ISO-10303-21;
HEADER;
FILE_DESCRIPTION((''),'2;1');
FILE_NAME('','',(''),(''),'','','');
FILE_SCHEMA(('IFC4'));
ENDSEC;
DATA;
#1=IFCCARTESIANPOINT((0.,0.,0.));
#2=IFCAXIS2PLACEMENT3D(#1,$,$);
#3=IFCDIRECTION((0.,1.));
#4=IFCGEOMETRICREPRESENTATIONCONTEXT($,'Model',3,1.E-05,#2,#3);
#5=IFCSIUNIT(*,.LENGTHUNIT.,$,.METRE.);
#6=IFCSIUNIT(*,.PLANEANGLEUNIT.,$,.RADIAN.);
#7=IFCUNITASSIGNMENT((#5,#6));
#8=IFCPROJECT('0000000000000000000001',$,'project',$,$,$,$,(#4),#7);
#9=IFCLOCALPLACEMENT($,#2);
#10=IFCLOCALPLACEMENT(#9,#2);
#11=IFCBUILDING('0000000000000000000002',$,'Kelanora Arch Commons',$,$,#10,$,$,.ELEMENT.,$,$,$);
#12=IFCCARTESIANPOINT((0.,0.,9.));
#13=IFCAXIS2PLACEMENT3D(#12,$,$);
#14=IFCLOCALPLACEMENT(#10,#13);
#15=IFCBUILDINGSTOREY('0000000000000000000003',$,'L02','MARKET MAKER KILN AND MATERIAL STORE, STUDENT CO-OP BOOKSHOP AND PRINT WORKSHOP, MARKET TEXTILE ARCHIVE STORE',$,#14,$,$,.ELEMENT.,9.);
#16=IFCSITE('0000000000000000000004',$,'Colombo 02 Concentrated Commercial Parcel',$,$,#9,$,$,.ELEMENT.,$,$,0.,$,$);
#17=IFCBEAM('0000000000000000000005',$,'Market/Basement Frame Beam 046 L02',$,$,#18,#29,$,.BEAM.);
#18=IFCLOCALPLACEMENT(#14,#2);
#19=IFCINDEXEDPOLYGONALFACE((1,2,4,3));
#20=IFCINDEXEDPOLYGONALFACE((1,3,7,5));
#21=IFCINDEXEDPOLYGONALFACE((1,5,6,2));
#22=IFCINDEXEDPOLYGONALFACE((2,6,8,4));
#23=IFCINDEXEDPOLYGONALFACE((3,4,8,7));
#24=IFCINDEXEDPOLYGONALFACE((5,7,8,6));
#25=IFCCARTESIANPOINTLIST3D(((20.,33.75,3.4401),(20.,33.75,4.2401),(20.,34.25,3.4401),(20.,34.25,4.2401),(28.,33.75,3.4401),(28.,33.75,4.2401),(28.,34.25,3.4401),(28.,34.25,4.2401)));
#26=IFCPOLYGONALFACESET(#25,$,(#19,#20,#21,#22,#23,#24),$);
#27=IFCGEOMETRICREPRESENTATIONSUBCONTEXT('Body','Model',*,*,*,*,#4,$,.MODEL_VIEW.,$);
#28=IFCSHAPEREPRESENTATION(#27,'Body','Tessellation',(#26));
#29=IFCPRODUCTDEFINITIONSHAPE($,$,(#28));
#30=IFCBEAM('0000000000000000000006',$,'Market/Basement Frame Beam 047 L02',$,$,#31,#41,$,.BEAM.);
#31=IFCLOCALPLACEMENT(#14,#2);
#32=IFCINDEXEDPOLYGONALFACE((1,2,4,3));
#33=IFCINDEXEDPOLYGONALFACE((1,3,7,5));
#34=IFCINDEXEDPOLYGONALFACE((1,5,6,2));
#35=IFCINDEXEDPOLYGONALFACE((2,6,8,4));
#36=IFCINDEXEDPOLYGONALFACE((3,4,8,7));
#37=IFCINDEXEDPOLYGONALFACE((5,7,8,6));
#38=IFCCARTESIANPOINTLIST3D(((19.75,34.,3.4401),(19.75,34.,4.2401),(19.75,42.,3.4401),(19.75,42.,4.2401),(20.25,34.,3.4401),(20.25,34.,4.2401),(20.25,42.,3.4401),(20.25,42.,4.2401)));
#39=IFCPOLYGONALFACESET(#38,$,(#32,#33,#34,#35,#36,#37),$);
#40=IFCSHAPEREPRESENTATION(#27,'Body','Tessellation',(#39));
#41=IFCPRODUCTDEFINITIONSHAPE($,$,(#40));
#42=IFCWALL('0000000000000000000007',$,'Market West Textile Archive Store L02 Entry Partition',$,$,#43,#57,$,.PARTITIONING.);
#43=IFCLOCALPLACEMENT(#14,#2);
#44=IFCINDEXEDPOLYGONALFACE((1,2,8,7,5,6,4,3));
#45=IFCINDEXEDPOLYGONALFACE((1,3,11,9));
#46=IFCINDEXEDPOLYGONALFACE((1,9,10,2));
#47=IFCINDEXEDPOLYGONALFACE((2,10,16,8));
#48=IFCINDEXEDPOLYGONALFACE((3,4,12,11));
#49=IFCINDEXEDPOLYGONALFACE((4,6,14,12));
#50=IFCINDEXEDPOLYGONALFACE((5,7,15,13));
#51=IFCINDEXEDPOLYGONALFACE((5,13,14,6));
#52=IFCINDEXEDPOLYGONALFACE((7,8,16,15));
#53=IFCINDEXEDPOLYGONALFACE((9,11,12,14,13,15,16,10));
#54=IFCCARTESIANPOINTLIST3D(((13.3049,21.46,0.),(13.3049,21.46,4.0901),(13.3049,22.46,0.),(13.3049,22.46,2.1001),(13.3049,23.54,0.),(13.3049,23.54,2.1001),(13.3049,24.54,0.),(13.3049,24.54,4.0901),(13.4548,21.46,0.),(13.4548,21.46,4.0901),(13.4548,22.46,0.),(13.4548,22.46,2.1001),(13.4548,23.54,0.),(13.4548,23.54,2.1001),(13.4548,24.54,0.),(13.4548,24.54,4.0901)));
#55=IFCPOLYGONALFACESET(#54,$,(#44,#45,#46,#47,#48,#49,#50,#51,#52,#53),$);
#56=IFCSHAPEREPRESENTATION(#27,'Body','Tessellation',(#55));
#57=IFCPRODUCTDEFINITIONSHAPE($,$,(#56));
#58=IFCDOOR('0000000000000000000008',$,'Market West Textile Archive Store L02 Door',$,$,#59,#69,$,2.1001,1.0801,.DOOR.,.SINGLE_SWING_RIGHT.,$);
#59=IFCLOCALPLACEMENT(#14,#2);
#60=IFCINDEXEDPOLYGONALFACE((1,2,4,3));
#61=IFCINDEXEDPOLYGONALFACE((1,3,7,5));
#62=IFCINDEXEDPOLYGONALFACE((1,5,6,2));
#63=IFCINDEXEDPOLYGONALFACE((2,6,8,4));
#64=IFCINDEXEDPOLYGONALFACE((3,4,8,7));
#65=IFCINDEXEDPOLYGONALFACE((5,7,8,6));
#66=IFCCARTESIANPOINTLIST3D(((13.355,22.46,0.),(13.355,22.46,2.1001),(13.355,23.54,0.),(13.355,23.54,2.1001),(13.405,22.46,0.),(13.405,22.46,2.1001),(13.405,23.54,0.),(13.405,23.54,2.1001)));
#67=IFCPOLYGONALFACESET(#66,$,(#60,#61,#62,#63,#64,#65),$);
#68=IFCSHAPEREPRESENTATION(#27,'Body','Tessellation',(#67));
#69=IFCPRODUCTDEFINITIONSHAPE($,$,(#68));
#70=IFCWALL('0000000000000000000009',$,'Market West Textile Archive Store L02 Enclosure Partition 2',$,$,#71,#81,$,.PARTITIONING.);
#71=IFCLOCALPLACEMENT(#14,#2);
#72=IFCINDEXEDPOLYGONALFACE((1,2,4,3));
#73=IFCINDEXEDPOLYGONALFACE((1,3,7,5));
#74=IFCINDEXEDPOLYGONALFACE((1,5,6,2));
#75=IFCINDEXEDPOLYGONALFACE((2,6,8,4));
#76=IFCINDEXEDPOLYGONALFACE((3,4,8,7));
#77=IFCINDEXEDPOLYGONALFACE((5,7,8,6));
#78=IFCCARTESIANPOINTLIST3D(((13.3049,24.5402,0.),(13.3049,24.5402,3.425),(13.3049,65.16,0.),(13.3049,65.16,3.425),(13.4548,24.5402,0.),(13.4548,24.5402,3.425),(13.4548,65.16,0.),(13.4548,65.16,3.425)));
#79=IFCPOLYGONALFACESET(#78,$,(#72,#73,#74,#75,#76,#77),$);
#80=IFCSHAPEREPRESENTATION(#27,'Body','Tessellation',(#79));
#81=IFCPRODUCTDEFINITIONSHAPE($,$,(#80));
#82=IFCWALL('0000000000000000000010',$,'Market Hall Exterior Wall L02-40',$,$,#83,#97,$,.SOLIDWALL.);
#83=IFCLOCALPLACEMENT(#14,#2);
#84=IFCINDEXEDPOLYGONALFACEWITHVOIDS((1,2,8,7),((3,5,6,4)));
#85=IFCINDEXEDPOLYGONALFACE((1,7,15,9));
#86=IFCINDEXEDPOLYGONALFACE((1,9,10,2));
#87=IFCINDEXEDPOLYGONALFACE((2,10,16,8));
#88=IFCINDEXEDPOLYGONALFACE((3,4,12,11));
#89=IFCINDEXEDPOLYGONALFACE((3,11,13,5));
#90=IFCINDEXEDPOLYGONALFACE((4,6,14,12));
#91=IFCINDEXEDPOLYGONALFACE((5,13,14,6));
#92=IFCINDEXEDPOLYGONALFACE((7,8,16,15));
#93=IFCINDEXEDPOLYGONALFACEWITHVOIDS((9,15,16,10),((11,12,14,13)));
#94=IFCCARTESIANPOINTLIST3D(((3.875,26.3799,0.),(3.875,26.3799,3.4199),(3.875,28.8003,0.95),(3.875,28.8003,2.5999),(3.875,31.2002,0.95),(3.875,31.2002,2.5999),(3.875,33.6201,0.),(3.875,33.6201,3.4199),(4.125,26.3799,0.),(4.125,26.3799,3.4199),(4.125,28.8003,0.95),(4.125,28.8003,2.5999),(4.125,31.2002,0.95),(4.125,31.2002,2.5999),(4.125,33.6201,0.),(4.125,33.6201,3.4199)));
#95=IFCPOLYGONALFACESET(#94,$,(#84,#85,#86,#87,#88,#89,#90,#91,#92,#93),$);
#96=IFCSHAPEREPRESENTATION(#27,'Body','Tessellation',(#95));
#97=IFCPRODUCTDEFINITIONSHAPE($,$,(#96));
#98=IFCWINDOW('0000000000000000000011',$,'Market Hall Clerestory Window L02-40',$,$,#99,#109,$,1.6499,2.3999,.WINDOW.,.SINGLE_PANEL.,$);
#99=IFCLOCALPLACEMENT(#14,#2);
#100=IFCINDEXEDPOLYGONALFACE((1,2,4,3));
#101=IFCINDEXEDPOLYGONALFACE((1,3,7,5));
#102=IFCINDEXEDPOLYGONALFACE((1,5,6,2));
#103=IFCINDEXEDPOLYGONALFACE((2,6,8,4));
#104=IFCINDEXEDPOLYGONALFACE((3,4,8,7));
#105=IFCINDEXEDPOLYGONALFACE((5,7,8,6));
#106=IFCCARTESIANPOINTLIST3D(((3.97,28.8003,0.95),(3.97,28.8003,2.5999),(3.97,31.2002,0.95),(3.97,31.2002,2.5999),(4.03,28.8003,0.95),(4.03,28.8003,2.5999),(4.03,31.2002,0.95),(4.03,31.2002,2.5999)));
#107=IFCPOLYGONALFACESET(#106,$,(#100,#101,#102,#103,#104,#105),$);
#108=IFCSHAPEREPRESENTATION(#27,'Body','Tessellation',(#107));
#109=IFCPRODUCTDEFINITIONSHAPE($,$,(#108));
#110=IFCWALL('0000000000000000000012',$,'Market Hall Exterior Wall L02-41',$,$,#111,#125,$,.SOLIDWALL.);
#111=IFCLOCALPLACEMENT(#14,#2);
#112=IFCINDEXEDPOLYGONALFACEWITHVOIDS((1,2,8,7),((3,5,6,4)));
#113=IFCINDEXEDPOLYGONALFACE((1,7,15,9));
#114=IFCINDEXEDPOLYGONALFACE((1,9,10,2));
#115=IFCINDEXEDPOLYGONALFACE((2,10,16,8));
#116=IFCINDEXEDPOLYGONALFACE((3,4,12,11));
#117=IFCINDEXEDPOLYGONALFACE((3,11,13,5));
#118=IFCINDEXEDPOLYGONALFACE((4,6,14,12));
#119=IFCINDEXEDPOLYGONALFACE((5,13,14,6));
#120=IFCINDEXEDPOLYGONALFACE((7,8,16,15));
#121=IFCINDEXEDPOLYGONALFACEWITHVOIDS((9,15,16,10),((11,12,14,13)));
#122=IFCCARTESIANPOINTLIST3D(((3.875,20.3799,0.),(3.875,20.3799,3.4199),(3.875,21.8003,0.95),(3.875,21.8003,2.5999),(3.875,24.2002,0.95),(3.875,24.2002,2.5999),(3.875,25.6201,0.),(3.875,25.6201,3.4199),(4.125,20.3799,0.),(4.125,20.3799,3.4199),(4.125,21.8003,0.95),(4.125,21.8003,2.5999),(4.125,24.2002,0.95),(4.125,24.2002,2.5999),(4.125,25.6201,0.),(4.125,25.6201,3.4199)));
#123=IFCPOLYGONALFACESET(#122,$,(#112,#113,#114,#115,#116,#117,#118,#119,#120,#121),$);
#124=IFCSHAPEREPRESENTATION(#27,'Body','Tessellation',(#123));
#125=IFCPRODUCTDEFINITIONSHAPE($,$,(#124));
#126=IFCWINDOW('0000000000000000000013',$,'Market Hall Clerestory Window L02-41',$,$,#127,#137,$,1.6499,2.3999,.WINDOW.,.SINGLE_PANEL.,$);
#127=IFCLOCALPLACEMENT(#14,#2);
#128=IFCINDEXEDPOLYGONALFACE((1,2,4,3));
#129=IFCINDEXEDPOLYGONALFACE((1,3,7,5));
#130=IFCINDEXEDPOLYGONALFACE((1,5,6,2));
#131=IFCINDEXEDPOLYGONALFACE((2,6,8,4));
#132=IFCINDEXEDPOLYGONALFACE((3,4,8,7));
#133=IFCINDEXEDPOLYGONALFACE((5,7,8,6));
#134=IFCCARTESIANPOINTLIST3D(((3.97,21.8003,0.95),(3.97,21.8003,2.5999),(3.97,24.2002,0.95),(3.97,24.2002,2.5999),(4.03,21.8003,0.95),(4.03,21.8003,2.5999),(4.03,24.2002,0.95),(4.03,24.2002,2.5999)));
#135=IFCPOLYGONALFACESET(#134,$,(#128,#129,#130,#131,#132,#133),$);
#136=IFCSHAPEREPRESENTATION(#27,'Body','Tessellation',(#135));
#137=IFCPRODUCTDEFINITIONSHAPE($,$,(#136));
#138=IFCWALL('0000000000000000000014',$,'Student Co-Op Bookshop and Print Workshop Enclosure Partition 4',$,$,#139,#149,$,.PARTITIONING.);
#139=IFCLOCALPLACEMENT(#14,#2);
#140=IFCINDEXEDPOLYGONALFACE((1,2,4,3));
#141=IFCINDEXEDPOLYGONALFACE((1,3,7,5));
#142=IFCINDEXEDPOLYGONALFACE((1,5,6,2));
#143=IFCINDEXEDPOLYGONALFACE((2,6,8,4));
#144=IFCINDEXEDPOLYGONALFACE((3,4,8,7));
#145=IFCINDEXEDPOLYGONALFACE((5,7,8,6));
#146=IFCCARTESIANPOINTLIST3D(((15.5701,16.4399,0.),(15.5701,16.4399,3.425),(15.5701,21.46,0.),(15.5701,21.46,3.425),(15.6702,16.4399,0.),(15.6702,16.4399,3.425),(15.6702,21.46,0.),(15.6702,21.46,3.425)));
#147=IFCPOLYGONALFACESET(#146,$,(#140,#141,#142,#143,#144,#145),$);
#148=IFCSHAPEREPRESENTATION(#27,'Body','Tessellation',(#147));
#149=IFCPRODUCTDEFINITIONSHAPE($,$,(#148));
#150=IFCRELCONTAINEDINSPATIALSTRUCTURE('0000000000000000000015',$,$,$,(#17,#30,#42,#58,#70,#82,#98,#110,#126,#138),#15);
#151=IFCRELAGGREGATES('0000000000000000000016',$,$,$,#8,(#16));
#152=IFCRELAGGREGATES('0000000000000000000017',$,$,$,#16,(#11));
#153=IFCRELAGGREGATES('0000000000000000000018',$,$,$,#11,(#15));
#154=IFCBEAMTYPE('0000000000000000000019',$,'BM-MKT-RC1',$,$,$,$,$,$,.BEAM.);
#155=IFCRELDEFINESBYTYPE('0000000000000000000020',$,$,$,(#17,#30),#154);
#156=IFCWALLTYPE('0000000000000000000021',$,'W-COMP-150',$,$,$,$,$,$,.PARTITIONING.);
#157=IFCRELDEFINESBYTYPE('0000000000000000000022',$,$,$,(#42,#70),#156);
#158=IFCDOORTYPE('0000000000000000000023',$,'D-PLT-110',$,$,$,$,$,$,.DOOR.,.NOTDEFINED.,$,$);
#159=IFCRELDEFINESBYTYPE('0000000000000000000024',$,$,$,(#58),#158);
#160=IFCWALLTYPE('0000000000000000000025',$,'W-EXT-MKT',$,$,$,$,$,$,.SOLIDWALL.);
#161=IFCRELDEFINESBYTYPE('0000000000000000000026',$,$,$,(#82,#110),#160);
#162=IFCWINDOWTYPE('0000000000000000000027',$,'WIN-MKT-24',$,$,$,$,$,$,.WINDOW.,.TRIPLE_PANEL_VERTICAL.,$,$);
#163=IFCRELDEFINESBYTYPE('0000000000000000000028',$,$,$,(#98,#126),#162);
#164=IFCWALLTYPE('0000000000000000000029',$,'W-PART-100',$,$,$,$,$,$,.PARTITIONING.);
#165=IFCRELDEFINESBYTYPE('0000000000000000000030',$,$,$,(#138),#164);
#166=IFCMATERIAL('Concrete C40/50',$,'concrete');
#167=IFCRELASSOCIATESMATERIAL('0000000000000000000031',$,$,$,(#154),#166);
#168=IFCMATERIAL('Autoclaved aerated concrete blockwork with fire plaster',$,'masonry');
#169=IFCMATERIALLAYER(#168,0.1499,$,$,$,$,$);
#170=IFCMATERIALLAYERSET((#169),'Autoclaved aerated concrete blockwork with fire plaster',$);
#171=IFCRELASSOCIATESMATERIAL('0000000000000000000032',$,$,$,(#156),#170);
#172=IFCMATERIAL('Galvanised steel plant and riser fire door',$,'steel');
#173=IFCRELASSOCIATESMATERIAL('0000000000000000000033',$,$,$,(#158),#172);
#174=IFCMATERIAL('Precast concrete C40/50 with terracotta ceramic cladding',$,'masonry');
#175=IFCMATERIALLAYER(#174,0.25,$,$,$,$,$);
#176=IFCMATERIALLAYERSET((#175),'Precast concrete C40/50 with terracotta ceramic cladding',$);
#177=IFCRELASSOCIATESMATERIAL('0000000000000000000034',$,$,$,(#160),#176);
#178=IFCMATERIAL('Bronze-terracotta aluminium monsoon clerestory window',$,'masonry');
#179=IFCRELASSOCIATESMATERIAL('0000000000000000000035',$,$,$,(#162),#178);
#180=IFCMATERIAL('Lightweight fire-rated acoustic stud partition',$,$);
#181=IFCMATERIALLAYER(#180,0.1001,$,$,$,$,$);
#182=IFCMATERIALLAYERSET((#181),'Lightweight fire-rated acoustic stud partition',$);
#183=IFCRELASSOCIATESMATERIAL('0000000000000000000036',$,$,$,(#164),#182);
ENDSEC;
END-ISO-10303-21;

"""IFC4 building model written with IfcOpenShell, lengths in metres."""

from ifc_helpers import new_model, si_unit, direction, frame, frame_2d, origin, origin_2d, place, context, subcontext, project, spatial, rectangle, extrude, material, layer, layer_set, material_profile, profile_set, type_object, element, fill, save


model = new_model("IFC4")

# Units and contexts
model_context = context("Model", 3, precision=1e-05, world=origin(), true_north=direction((0.0, 1.0)))
body_context = subcontext(model_context, "Body", "Model", "MODEL_VIEW")
ifc_project = project(units=[si_unit("LENGTHUNIT", "METRE"), si_unit("PLANEANGLEUNIT", "RADIAN")], contexts=[model_context])

# Site, building, storey
site_placement = place(None, origin())
site = spatial("IfcSite", under=ifc_project, at=site_placement, Name="Colombo 02 Concentrated Commercial Parcel", CompositionType="ELEMENT", RefElevation=0.0)
building_placement = place(site_placement, origin())
building = spatial("IfcBuilding", under=site, at=building_placement, Name="Kelanora Arch Commons", CompositionType="ELEMENT")
storey_placement = place(building_placement, frame((0.0, 0.0, 9.0)))
storey = spatial("IfcBuildingStorey", under=building, at=storey_placement, Name="L02", Description="MARKET MAKER KILN AND MATERIAL STORE, STUDENT CO-OP BOOKSHOP AND PRINT WORKSHOP, MARKET TEXTILE ARCHIVE STORE", CompositionType="ELEMENT", Elevation=9.0)

# Beams
ifc_material_1 = material(Name="Concrete C40/50", Category="concrete")
ifc_material_profile_1 = material_profile(ifc_material_1, rectangle(XDim=0.5, YDim=0.8, at=origin_2d()), Name="RCB500x800")
ifc_profile_set_1 = profile_set([ifc_material_profile_1], Name="Concrete C40/50")
beam_type = type_object("IfcBeamType", Name="BM-MKT-RC1", PredefinedType="BEAM", material=ifc_profile_set_1)
for number, where, z_axis, x_axis, name in (
    (1, (20.0, 34.0, 3.8401), (1.0, 0.0, 0.0), (0.0, 1.0, 0.0), "Market/Basement Frame Beam 046 L02"),
    (2, (20.0, 34.0, 3.8401), (0.0, 1.0, 0.0), (-1.0, 0.0, 0.0), "Market/Basement Frame Beam 047 L02"),
):
    element("IfcBeam", number, at=place(storey_placement, frame(where, z_axis=z_axis, x_axis=x_axis)), inside=storey, type_object=beam_type, Name=name, PredefinedType="BEAM", context=body_context, shape_type="SweptSolid", body=[
        extrude(rectangle(XDim=0.5, YDim=0.8, at=origin_2d()), origin(), (0.0, 0.0, 1.0), 8.0),
    ])

# Wall, opening, door
ifc_material_2 = material(Name="Autoclaved aerated concrete blockwork with fire plaster", Category="masonry")
ifc_layer_1 = layer(ifc_material_2, 0.1499)
ifc_layer_set_1 = layer_set([ifc_layer_1], Name="Autoclaved aerated concrete blockwork with fire plaster")
wall_type_1 = type_object("IfcWallType", Name="W-COMP-150", PredefinedType="PARTITIONING", material=ifc_layer_set_1)
wall_1_placement = place(storey_placement, frame((13.3799, 21.46, 0.0), z_axis=(0.0, 0.0, 1.0), x_axis=(0.0, 1.0, 0.0)))
wall_1 = element("IfcWall", 3, at=wall_1_placement, inside=storey, type_object=wall_type_1, Name="Market West Textile Archive Store L02 Entry Partition", PredefinedType="PARTITIONING", context=body_context, shape_type="SweptSolid", body=[
    extrude(rectangle(XDim=3.0801, YDim=0.1499, at=frame_2d((1.54, 0.0))), origin(), (0.0, 0.0, 1.0), 4.0901),
])
opening_1_placement = place(wall_1_placement, frame((1.0, 0.0, 0.0)))
opening_1 = element("IfcOpeningElement", 4, at=opening_1_placement, cuts=wall_1, PredefinedType="OPENING", context=body_context, shape_type="SweptSolid", body=[
    extrude(rectangle(XDim=1.0801, YDim=2.1001, at=frame_2d((0.54, 1.05))), frame((0.0, 0.085, 0.0), z_axis=(0.0, -1.0, 0.0), x_axis=(1.0, 0.0, 0.0)), (0.0, 0.0, 1.0), 0.1699),
])
ifc_material_3 = material(Name="Galvanised steel plant and riser fire door", Category="steel")
door_type_1 = type_object("IfcDoorType", Name="D-PLT-110", OperationType="NOTDEFINED", PredefinedType="DOOR", material=ifc_material_3)
door_1_placement = place(opening_1_placement, origin())
door_1 = element("IfcDoor", 5, at=door_1_placement, inside=storey, type_object=door_type_1, Name="Market West Textile Archive Store L02 Door", OperationType="SINGLE_SWING_RIGHT", OverallHeight=2.1001, OverallWidth=1.0801, PredefinedType="DOOR", context=body_context, shape_type="SweptSolid", body=[
    extrude(rectangle(XDim=1.0801, YDim=2.1001, at=frame_2d((0.54, 1.05))), frame((0.0, 0.0249, 0.0), z_axis=(0.0, -1.0, 0.0), x_axis=(1.0, 0.0, 0.0)), (0.0, 0.0, 1.0), 0.05),
])
fill(opening_1, door_1)

# Wall
wall_2_placement = place(storey_placement, frame((13.3799, 24.54, 0.0), z_axis=(0.0, 0.0, 1.0), x_axis=(0.0, 1.0, 0.0)))
element("IfcWall", 6, at=wall_2_placement, inside=storey, type_object=wall_type_1, Name="Market West Textile Archive Store L02 Enclosure Partition 2", PredefinedType="PARTITIONING", context=body_context, shape_type="SweptSolid", body=[
    extrude(rectangle(XDim=40.6199, YDim=0.1499, at=frame_2d((20.3101, 0.0))), origin(), (0.0, 0.0, 1.0), 3.425),
])

# Walls, openings, windows
ifc_material_4 = material(Name="Precast concrete C40/50 with terracotta ceramic cladding", Category="masonry")
ifc_layer_2 = layer(ifc_material_4, 0.25)
ifc_layer_set_2 = layer_set([ifc_layer_2], Name="Precast concrete C40/50 with terracotta ceramic cladding")
wall_type_2 = type_object("IfcWallType", Name="W-EXT-MKT", PredefinedType="SOLIDWALL", material=ifc_layer_set_2)
wall_3_placement = place(storey_placement, frame((4.0, 33.6201, 0.0), z_axis=(0.0, 0.0, 1.0), x_axis=(0.0, -1.0, 0.0)))
wall_3 = element("IfcWall", 7, at=wall_3_placement, inside=storey, type_object=wall_type_2, Name="Market Hall Exterior Wall L02-40", PredefinedType="SOLIDWALL", context=body_context, shape_type="SweptSolid", body=[
    extrude(rectangle(XDim=7.2402, YDim=0.25, at=frame_2d((3.6201, 0.0))), origin(), (0.0, 0.0, 1.0), 3.4199),
])
opening_2_placement = place(wall_3_placement, frame((2.4199, 0.0, 0.95)))
opening_2 = element("IfcOpeningElement", 8, at=opening_2_placement, cuts=wall_3, PredefinedType="OPENING", context=body_context, shape_type="SweptSolid", body=[
    extrude(rectangle(XDim=2.3999, YDim=1.6499, at=frame_2d((1.2, 0.825))), frame((0.0, 0.135, 0.0), z_axis=(0.0, -1.0, 0.0), x_axis=(1.0, 0.0, 0.0)), (0.0, 0.0, 1.0), 0.27),
])
ifc_material_5 = material(Name="Bronze-terracotta aluminium monsoon clerestory window", Category="masonry")
window_type = type_object("IfcWindowType", Name="WIN-MKT-24", PartitioningType="TRIPLE_PANEL_VERTICAL", PredefinedType="WINDOW", material=ifc_material_5)
window_1_placement = place(opening_2_placement, origin())
window_1 = element("IfcWindow", 9, at=window_1_placement, inside=storey, type_object=window_type, Name="Market Hall Clerestory Window L02-40", OverallHeight=1.6499, OverallWidth=2.3999, PartitioningType="SINGLE_PANEL", PredefinedType="WINDOW", context=body_context, shape_type="SweptSolid", body=[
    extrude(rectangle(XDim=2.3999, YDim=1.6499, at=frame_2d((1.2, 0.825))), frame((0.0, 0.03, 0.0), z_axis=(0.0, -1.0, 0.0), x_axis=(1.0, 0.0, 0.0)), (0.0, 0.0, 1.0), 0.0601),
])
fill(opening_2, window_1)
wall_4_placement = place(storey_placement, frame((4.0, 25.6201, 0.0), z_axis=(0.0, 0.0, 1.0), x_axis=(0.0, -1.0, 0.0)))
wall_4 = element("IfcWall", 10, at=wall_4_placement, inside=storey, type_object=wall_type_2, Name="Market Hall Exterior Wall L02-41", PredefinedType="SOLIDWALL", context=body_context, shape_type="SweptSolid", body=[
    extrude(rectangle(XDim=5.2402, YDim=0.25, at=frame_2d((2.6201, 0.0))), origin(), (0.0, 0.0, 1.0), 3.4199),
])
opening_3_placement = place(wall_4_placement, frame((1.4199, 0.0, 0.95)))
opening_3 = element("IfcOpeningElement", 11, at=opening_3_placement, cuts=wall_4, PredefinedType="OPENING", context=body_context, shape_type="SweptSolid", body=[
    extrude(rectangle(XDim=2.3999, YDim=1.6499, at=frame_2d((1.2, 0.825))), frame((0.0, 0.135, 0.0), z_axis=(0.0, -1.0, 0.0), x_axis=(1.0, 0.0, 0.0)), (0.0, 0.0, 1.0), 0.27),
])
window_2_placement = place(opening_3_placement, origin())
window_2 = element("IfcWindow", 12, at=window_2_placement, inside=storey, type_object=window_type, Name="Market Hall Clerestory Window L02-41", OverallHeight=1.6499, OverallWidth=2.3999, PartitioningType="SINGLE_PANEL", PredefinedType="WINDOW", context=body_context, shape_type="SweptSolid", body=[
    extrude(rectangle(XDim=2.3999, YDim=1.6499, at=frame_2d((1.2, 0.825))), frame((0.0, 0.03, 0.0), z_axis=(0.0, -1.0, 0.0), x_axis=(1.0, 0.0, 0.0)), (0.0, 0.0, 1.0), 0.0601),
])
fill(opening_3, window_2)

# Wall
ifc_material_6 = material(Name="Lightweight fire-rated acoustic stud partition")
ifc_layer_3 = layer(ifc_material_6, 0.1001)
ifc_layer_set_3 = layer_set([ifc_layer_3], Name="Lightweight fire-rated acoustic stud partition")
wall_type_3 = type_object("IfcWallType", Name="W-PART-100", PredefinedType="PARTITIONING", material=ifc_layer_set_3)
wall_5_placement = place(storey_placement, frame((15.6201, 21.46, 0.0), z_axis=(0.0, 0.0, 1.0), x_axis=(0.0, -1.0, 0.0)))
element("IfcWall", 13, at=wall_5_placement, inside=storey, type_object=wall_type_3, Name="Student Co-Op Bookshop and Print Workshop Enclosure Partition 4", PredefinedType="PARTITIONING", context=body_context, shape_type="SweptSolid", body=[
    extrude(rectangle(XDim=5.02, YDim=0.1001, at=frame_2d((2.51, 0.0))), origin(), (0.0, 0.0, 1.0), 3.425),
])

save(model, "model.ifc")
